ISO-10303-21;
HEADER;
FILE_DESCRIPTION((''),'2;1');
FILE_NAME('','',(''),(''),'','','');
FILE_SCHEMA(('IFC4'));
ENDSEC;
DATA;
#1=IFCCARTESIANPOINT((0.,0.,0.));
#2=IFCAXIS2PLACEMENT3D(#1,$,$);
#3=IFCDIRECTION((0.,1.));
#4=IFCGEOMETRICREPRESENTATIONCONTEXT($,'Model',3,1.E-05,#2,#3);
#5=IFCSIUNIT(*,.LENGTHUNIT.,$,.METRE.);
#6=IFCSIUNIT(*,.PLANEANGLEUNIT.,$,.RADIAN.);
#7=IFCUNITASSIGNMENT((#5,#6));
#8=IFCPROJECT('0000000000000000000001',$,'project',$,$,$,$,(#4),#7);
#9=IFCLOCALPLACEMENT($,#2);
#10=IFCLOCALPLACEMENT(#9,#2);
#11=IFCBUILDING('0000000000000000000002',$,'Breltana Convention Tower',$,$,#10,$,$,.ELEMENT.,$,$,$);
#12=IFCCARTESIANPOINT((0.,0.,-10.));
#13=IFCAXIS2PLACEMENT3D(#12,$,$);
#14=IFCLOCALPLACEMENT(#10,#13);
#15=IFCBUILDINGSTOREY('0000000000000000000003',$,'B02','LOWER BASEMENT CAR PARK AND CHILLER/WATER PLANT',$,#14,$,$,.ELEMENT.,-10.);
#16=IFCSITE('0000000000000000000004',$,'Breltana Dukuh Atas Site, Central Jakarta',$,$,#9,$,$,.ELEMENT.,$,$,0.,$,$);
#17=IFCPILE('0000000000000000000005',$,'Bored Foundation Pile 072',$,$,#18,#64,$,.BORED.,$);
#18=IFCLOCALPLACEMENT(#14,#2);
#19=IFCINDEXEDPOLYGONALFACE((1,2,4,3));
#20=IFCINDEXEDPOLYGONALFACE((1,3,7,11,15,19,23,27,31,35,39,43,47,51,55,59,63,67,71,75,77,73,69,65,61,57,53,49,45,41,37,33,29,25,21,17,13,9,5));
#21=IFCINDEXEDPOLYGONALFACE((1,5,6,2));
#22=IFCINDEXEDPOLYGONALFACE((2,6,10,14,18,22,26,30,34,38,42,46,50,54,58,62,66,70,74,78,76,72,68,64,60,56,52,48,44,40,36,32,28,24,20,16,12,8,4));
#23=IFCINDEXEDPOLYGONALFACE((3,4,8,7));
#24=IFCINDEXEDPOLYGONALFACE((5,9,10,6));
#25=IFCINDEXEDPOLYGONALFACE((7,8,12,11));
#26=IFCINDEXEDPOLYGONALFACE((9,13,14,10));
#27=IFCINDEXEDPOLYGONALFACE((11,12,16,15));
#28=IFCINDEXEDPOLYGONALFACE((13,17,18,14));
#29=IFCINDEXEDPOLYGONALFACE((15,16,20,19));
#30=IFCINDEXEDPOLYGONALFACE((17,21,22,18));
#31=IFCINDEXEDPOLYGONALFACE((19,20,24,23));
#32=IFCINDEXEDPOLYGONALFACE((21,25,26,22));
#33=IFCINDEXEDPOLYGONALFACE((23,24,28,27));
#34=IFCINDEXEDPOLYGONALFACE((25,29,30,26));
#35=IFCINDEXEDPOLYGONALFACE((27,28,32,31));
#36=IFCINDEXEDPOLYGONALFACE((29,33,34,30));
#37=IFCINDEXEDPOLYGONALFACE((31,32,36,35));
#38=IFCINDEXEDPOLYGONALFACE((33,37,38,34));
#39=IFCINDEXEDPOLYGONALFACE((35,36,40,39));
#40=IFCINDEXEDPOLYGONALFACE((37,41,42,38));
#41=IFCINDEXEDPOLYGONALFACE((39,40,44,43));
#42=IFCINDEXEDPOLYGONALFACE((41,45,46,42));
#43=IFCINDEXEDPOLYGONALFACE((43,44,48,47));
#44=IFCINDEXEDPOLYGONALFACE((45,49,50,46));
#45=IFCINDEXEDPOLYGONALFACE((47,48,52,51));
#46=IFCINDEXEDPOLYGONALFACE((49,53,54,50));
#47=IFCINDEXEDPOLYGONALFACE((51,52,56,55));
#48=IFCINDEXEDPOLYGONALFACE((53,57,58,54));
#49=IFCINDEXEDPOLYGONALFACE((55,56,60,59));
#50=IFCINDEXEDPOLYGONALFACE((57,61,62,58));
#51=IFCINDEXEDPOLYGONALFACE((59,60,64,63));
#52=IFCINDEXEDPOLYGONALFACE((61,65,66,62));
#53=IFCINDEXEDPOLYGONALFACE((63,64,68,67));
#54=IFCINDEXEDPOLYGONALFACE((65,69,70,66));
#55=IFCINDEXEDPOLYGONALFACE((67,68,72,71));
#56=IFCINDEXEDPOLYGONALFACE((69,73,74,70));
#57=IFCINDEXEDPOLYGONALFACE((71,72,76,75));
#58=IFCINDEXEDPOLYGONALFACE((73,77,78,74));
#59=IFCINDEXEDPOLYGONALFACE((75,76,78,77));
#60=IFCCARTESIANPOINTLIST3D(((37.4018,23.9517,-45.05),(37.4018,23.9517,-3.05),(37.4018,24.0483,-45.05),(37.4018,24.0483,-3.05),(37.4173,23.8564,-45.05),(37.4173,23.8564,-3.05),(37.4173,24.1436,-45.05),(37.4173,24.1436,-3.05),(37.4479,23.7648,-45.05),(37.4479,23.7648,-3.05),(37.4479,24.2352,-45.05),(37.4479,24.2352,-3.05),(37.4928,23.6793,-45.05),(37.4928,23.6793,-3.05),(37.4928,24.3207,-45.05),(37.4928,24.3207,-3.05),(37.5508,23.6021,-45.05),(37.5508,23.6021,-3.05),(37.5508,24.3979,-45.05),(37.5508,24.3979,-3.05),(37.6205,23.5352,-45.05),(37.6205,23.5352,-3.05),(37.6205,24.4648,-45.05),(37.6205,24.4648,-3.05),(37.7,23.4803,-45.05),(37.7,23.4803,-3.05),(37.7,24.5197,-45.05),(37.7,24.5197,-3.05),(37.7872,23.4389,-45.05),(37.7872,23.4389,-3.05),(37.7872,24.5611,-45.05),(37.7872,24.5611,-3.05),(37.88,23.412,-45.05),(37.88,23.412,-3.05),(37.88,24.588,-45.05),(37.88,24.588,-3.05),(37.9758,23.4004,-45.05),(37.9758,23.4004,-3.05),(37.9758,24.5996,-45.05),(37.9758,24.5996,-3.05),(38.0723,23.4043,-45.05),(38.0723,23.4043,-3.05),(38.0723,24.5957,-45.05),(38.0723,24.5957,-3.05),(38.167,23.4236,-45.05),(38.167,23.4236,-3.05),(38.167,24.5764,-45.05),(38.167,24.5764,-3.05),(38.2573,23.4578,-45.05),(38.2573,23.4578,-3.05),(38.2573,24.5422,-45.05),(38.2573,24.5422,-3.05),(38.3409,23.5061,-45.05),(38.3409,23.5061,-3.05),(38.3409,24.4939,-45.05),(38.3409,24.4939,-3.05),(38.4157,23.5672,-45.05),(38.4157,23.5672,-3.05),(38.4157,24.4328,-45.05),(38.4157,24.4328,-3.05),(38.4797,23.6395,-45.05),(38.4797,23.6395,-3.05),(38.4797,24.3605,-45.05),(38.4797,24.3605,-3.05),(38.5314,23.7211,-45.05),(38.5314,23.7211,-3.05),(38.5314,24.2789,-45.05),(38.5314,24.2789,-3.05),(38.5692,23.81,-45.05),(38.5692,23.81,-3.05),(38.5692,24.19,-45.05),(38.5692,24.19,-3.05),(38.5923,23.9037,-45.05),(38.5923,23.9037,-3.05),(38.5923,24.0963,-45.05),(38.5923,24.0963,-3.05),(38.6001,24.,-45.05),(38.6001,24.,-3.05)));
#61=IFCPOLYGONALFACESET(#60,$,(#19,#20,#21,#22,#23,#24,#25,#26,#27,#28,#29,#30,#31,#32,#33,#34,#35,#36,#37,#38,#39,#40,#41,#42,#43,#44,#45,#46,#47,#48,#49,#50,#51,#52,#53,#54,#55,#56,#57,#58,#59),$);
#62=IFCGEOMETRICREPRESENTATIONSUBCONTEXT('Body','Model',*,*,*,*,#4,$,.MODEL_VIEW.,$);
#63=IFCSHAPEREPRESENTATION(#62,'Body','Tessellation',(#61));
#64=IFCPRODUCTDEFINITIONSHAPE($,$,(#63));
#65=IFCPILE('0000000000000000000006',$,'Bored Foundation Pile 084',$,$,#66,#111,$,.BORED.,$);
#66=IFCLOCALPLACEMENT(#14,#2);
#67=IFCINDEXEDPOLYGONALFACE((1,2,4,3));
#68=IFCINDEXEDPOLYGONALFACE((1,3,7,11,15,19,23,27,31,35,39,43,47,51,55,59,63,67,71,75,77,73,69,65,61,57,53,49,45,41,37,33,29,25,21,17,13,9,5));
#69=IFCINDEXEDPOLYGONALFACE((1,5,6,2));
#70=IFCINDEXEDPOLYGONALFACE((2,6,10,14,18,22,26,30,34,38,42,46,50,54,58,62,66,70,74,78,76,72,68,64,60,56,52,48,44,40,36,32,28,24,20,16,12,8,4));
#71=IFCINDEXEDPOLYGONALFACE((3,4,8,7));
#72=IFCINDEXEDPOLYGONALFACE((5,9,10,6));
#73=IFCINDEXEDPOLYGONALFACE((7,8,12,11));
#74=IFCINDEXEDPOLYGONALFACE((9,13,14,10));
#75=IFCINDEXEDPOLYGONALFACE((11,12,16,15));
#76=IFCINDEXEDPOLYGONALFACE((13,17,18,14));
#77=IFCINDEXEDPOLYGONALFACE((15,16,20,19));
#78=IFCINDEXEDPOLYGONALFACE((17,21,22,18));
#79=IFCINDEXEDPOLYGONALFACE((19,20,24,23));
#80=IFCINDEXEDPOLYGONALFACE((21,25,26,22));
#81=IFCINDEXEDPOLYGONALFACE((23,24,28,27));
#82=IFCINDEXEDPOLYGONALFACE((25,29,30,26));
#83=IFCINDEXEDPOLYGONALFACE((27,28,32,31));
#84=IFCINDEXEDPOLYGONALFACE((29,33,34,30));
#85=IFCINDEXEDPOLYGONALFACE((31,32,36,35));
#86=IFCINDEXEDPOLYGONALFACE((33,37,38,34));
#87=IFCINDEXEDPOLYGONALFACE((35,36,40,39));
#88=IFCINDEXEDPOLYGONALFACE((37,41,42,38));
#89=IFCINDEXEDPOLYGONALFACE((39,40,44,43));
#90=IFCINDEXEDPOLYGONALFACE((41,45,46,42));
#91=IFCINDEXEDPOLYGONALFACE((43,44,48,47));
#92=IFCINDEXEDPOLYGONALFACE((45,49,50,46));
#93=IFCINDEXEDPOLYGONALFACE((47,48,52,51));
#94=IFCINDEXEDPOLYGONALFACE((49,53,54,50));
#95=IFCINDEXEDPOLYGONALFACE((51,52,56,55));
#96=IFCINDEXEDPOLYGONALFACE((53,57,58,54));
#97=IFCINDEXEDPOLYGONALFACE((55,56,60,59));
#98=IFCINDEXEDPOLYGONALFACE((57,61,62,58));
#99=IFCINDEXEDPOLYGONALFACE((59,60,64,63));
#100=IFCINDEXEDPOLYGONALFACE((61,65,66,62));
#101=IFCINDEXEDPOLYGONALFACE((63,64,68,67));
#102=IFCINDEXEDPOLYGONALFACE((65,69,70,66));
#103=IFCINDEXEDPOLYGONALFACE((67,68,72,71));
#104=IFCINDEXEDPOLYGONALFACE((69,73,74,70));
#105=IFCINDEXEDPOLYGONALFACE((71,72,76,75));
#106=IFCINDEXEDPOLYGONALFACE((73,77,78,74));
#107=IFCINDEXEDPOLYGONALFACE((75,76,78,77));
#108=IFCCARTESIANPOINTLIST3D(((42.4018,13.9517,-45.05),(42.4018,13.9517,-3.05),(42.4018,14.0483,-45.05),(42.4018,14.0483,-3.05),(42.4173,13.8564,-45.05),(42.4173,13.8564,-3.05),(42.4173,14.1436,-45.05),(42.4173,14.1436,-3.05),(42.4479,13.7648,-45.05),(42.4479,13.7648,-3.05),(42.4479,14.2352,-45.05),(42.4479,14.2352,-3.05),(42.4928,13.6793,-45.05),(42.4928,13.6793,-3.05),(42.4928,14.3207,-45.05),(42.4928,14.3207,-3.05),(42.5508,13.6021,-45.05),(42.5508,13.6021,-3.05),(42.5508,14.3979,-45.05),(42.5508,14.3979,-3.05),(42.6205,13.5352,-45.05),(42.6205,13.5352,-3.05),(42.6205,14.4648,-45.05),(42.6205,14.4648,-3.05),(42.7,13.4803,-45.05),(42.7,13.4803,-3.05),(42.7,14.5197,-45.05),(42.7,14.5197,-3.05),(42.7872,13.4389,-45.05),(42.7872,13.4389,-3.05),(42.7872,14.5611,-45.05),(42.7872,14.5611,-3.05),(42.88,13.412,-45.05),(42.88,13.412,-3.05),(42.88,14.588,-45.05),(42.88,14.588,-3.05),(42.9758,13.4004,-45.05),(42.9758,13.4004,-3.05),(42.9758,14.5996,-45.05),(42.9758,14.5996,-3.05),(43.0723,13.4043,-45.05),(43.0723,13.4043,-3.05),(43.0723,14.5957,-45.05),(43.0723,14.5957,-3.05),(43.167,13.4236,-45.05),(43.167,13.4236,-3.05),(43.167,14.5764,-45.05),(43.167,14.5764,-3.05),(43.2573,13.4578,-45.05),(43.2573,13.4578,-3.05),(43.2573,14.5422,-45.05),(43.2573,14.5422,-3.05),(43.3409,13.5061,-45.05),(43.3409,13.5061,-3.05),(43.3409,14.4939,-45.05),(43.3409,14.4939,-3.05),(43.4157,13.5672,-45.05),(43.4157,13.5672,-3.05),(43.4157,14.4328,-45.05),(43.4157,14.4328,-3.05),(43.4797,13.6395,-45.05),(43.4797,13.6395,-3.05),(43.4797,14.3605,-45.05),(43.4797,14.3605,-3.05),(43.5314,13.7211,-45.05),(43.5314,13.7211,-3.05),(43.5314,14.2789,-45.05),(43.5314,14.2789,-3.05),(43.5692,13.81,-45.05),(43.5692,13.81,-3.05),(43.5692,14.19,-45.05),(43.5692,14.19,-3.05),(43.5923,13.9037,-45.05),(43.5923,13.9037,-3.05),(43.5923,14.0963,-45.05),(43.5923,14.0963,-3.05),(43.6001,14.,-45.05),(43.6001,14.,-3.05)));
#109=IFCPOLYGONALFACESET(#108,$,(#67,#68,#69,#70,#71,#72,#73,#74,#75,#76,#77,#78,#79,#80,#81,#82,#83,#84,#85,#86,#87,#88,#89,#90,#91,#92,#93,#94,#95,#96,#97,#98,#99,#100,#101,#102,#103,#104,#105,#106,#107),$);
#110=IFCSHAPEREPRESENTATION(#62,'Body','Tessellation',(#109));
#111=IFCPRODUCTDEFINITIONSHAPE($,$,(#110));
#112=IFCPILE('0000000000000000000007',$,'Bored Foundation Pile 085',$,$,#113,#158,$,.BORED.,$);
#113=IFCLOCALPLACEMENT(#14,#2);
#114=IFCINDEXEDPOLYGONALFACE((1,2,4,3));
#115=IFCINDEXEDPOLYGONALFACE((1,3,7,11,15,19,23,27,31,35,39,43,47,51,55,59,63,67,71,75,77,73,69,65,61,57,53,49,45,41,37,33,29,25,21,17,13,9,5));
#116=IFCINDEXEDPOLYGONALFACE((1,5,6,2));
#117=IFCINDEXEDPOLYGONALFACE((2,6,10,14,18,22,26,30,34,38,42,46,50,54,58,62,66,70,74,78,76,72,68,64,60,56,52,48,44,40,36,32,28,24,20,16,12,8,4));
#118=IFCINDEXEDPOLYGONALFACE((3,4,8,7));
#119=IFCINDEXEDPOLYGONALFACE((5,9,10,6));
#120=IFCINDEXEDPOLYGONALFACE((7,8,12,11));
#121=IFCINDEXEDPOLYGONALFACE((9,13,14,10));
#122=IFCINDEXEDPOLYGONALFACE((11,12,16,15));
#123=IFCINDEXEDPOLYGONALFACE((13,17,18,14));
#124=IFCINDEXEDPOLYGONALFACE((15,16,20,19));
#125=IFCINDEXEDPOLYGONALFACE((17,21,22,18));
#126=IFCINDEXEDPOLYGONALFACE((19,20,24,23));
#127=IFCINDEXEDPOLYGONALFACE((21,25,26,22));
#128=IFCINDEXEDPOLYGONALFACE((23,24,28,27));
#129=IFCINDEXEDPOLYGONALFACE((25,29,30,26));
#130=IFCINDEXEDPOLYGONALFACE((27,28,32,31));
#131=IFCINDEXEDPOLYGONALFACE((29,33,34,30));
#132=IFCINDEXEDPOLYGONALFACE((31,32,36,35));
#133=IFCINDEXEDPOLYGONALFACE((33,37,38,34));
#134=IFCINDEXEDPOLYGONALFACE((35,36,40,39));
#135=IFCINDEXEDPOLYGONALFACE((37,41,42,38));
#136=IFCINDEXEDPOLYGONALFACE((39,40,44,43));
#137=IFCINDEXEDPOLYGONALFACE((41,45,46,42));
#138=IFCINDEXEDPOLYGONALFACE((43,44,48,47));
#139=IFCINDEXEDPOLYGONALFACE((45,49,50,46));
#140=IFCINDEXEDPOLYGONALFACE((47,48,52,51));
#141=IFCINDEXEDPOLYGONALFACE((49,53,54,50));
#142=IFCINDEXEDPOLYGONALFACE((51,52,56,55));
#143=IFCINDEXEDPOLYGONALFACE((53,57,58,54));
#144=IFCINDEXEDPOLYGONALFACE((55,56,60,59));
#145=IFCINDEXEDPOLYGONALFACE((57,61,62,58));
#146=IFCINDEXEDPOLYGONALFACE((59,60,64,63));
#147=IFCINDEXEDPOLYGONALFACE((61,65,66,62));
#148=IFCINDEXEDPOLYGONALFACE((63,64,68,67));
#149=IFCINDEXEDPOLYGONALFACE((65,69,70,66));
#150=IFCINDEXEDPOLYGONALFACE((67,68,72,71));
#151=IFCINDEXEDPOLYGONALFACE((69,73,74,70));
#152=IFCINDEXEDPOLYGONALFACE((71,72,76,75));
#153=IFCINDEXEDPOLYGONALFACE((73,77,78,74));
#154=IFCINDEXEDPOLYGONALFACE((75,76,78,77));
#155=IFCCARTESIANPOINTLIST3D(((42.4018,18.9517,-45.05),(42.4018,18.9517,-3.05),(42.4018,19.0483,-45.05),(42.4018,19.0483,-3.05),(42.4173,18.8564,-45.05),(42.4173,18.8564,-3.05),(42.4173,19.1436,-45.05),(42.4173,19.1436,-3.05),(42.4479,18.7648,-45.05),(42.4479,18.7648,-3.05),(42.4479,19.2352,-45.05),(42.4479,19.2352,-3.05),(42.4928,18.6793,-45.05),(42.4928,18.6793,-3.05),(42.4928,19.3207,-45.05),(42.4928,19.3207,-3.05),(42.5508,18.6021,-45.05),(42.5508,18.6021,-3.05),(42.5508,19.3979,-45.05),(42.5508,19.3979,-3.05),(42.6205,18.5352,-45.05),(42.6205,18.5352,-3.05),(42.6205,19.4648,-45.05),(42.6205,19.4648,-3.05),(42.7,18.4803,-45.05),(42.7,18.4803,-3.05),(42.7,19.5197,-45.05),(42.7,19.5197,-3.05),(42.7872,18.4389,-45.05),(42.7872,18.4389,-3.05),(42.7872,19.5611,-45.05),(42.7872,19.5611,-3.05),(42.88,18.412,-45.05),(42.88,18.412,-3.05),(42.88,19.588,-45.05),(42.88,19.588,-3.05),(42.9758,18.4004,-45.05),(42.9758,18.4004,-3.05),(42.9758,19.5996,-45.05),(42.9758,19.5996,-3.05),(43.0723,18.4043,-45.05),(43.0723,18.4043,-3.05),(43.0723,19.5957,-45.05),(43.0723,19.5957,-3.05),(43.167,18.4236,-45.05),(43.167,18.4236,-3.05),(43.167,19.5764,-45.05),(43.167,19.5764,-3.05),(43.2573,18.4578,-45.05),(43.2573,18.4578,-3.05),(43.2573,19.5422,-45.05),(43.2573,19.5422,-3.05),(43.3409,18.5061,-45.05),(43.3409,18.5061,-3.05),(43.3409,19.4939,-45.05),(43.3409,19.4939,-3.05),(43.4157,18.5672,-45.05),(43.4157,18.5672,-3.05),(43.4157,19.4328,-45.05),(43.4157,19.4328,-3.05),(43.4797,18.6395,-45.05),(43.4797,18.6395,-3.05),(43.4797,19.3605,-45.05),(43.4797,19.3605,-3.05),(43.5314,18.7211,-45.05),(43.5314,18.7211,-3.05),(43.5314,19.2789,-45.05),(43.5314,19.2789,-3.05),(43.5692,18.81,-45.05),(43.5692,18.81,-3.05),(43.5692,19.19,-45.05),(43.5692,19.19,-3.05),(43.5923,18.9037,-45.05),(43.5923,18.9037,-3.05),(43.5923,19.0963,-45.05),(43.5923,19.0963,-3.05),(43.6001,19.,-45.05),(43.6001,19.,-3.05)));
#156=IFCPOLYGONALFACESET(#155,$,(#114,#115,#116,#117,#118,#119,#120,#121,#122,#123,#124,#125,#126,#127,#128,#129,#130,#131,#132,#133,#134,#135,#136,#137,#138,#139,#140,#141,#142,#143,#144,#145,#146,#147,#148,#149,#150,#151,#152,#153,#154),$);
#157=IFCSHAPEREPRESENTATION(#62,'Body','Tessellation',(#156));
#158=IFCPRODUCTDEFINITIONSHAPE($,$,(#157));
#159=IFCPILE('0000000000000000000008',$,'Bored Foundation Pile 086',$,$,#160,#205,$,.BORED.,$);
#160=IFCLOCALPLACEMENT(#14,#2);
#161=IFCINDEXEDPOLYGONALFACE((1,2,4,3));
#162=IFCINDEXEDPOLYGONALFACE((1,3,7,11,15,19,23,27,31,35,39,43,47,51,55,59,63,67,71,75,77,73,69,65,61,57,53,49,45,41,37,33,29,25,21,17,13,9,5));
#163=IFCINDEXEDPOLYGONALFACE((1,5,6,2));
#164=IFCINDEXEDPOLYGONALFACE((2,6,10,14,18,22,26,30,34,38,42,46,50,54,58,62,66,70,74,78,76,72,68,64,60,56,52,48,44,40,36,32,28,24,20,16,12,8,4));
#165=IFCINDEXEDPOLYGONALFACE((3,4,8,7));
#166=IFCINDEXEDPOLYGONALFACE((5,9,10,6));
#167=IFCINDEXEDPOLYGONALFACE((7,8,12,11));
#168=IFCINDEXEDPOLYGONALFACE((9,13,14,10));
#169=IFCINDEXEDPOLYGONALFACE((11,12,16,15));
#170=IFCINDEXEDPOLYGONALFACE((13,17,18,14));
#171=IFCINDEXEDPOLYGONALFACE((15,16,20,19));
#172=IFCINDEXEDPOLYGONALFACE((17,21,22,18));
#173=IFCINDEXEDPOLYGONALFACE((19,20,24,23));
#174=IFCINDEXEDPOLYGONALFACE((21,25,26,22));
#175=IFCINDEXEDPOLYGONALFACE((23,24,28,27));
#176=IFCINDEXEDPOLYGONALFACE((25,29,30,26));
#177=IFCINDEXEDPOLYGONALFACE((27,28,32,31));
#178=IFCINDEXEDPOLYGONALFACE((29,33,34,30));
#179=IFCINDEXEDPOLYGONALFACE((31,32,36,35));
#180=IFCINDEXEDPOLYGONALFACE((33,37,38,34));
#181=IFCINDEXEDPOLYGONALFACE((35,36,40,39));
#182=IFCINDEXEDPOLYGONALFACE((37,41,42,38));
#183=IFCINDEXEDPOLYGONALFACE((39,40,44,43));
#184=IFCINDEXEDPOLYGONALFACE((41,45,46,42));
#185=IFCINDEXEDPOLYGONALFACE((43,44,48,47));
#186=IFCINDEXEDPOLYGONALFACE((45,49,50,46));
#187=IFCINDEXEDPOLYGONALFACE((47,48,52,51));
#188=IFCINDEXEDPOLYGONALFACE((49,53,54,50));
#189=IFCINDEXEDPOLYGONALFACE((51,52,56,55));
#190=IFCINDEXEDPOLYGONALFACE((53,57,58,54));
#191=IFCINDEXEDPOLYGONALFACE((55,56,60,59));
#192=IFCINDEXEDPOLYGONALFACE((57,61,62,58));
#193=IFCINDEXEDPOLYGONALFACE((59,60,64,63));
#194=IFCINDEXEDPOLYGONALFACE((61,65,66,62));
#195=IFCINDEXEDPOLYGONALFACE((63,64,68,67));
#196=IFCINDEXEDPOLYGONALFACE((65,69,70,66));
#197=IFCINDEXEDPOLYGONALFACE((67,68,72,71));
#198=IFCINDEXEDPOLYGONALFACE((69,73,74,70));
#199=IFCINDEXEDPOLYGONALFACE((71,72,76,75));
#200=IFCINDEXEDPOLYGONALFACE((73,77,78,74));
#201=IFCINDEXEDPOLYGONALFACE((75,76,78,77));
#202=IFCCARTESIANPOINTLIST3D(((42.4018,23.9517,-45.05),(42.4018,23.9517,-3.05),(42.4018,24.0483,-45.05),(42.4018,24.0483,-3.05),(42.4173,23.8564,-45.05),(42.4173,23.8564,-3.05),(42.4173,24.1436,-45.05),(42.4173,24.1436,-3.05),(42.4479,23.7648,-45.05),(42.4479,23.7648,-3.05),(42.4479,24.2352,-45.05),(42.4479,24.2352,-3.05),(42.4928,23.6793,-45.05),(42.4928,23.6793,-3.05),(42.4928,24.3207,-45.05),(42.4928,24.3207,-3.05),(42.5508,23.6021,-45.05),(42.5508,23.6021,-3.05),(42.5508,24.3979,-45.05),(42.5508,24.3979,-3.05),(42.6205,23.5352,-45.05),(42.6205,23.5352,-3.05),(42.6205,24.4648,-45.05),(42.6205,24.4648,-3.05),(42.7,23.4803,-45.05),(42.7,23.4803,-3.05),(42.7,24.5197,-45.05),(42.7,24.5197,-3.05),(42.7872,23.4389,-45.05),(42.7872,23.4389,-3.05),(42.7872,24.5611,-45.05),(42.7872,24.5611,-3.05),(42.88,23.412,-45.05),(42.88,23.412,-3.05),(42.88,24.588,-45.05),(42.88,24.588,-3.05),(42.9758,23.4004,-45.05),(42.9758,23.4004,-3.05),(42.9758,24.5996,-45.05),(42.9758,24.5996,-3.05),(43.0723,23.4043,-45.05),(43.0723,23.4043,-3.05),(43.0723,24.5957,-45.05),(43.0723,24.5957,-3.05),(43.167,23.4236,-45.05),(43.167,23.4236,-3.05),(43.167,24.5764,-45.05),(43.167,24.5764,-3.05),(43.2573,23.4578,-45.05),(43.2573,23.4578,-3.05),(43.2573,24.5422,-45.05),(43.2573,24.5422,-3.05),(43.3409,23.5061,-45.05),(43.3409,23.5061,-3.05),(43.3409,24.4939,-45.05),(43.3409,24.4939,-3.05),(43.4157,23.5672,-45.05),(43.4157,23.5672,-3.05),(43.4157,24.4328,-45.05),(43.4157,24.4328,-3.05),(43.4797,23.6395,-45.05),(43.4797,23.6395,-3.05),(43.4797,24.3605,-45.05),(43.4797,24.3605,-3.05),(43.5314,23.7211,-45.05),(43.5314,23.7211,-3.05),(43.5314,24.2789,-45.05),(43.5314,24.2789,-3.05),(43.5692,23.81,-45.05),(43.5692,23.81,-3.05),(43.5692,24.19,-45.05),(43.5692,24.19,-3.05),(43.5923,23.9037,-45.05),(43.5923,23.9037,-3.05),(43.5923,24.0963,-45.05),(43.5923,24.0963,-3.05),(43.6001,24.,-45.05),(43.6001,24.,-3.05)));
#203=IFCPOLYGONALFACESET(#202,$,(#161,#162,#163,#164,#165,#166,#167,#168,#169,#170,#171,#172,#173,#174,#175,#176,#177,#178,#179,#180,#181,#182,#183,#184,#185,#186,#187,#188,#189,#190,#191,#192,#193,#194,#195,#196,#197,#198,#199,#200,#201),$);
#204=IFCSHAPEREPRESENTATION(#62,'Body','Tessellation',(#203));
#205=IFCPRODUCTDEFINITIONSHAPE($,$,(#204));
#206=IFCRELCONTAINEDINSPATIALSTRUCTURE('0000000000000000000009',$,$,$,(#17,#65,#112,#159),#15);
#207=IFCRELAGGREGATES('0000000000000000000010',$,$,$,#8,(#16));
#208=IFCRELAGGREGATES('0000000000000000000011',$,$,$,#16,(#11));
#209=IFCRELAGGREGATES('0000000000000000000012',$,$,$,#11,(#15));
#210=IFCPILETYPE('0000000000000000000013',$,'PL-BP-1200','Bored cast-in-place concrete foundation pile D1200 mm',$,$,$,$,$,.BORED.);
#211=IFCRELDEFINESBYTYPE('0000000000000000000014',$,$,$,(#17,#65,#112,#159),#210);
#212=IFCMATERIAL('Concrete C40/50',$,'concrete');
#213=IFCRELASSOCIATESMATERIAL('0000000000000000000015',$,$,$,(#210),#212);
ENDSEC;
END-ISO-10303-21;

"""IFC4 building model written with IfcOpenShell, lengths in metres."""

from ifc_helpers import new_model, si_unit, direction, frame, origin, origin_2d, place, context, subcontext, project, spatial, circle, extrude, source, transform, mapped, material, material_profile, profile_set, type_object, type_shapes, element, save


model = new_model("IFC4")

# Units and contexts
model_context = context("Model", 3, precision=1e-05, world=origin(), true_north=direction((0.0, 1.0)))
body_context = subcontext(model_context, "Body", "Model", "MODEL_VIEW")
ifc_project = project(units=[si_unit("LENGTHUNIT", "METRE"), si_unit("PLANEANGLEUNIT", "RADIAN")], contexts=[model_context])

# Site, building, storey
site_placement = place(None, origin())
site = spatial("IfcSite", under=ifc_project, at=site_placement, Name="Breltana Dukuh Atas Site, Central Jakarta", CompositionType="ELEMENT", RefElevation=0.0)
building_placement = place(site_placement, origin())
building = spatial("IfcBuilding", under=site, at=building_placement, Name="Breltana Convention Tower", CompositionType="ELEMENT")
storey_placement = place(building_placement, frame((0.0, 0.0, -10.0)))
storey = spatial("IfcBuildingStorey", under=building, at=storey_placement, Name="B02", Description="LOWER BASEMENT CAR PARK AND CHILLER/WATER PLANT", CompositionType="ELEMENT", Elevation=-10.0)

# Piles
ifc_material_1 = material(Name="Concrete C40/50", Category="concrete")
ifc_material_profile_1 = material_profile(ifc_material_1, circle(Radius=0.6001, at=origin_2d()), Name="BP-D1200")
ifc_profile_set_1 = profile_set([ifc_material_profile_1], Name="Concrete C40/50")
pile_type = type_object("IfcPileType", Name="PL-BP-1200", Description="Bored cast-in-place concrete foundation pile D1200 mm", PredefinedType="BORED", material=ifc_profile_set_1)
shared_shape_1 = source(origin(), body_context, "Body", "SweptSolid", [
    extrude(circle(Radius=0.6001, at=origin_2d()), origin(), (0.0, 0.0, 1.0), 42.0),
])
type_shapes(pile_type, [shared_shape_1])
for number, where, z_axis, x_axis, name in (
    (1, (38.0, 24.0, -3.05), (0.0, 0.0, -1.0), (1.0, 0.0, 0.0), "Bored Foundation Pile 072"),
    (2, (43.0, 14.0, -3.05), (0.0, 0.0, -1.0), (1.0, 0.0, 0.0), "Bored Foundation Pile 084"),
    (3, (43.0, 19.0, -3.05), (0.0, 0.0, -1.0), (1.0, 0.0, 0.0), "Bored Foundation Pile 085"),
    (4, (43.0, 24.0, -3.05), (0.0, 0.0, -1.0), (1.0, 0.0, 0.0), "Bored Foundation Pile 086"),
):
    element("IfcPile", number, at=place(storey_placement, frame(where, z_axis=z_axis, x_axis=x_axis)), inside=storey, type_object=pile_type, Name=name, PredefinedType="BORED", context=body_context, shape_type="MappedRepresentation", body=[
        mapped(shared_shape_1, transform((0.0, 0.0, 0.0), scale=1.0)),
    ])

save(model, "model.ifc")
